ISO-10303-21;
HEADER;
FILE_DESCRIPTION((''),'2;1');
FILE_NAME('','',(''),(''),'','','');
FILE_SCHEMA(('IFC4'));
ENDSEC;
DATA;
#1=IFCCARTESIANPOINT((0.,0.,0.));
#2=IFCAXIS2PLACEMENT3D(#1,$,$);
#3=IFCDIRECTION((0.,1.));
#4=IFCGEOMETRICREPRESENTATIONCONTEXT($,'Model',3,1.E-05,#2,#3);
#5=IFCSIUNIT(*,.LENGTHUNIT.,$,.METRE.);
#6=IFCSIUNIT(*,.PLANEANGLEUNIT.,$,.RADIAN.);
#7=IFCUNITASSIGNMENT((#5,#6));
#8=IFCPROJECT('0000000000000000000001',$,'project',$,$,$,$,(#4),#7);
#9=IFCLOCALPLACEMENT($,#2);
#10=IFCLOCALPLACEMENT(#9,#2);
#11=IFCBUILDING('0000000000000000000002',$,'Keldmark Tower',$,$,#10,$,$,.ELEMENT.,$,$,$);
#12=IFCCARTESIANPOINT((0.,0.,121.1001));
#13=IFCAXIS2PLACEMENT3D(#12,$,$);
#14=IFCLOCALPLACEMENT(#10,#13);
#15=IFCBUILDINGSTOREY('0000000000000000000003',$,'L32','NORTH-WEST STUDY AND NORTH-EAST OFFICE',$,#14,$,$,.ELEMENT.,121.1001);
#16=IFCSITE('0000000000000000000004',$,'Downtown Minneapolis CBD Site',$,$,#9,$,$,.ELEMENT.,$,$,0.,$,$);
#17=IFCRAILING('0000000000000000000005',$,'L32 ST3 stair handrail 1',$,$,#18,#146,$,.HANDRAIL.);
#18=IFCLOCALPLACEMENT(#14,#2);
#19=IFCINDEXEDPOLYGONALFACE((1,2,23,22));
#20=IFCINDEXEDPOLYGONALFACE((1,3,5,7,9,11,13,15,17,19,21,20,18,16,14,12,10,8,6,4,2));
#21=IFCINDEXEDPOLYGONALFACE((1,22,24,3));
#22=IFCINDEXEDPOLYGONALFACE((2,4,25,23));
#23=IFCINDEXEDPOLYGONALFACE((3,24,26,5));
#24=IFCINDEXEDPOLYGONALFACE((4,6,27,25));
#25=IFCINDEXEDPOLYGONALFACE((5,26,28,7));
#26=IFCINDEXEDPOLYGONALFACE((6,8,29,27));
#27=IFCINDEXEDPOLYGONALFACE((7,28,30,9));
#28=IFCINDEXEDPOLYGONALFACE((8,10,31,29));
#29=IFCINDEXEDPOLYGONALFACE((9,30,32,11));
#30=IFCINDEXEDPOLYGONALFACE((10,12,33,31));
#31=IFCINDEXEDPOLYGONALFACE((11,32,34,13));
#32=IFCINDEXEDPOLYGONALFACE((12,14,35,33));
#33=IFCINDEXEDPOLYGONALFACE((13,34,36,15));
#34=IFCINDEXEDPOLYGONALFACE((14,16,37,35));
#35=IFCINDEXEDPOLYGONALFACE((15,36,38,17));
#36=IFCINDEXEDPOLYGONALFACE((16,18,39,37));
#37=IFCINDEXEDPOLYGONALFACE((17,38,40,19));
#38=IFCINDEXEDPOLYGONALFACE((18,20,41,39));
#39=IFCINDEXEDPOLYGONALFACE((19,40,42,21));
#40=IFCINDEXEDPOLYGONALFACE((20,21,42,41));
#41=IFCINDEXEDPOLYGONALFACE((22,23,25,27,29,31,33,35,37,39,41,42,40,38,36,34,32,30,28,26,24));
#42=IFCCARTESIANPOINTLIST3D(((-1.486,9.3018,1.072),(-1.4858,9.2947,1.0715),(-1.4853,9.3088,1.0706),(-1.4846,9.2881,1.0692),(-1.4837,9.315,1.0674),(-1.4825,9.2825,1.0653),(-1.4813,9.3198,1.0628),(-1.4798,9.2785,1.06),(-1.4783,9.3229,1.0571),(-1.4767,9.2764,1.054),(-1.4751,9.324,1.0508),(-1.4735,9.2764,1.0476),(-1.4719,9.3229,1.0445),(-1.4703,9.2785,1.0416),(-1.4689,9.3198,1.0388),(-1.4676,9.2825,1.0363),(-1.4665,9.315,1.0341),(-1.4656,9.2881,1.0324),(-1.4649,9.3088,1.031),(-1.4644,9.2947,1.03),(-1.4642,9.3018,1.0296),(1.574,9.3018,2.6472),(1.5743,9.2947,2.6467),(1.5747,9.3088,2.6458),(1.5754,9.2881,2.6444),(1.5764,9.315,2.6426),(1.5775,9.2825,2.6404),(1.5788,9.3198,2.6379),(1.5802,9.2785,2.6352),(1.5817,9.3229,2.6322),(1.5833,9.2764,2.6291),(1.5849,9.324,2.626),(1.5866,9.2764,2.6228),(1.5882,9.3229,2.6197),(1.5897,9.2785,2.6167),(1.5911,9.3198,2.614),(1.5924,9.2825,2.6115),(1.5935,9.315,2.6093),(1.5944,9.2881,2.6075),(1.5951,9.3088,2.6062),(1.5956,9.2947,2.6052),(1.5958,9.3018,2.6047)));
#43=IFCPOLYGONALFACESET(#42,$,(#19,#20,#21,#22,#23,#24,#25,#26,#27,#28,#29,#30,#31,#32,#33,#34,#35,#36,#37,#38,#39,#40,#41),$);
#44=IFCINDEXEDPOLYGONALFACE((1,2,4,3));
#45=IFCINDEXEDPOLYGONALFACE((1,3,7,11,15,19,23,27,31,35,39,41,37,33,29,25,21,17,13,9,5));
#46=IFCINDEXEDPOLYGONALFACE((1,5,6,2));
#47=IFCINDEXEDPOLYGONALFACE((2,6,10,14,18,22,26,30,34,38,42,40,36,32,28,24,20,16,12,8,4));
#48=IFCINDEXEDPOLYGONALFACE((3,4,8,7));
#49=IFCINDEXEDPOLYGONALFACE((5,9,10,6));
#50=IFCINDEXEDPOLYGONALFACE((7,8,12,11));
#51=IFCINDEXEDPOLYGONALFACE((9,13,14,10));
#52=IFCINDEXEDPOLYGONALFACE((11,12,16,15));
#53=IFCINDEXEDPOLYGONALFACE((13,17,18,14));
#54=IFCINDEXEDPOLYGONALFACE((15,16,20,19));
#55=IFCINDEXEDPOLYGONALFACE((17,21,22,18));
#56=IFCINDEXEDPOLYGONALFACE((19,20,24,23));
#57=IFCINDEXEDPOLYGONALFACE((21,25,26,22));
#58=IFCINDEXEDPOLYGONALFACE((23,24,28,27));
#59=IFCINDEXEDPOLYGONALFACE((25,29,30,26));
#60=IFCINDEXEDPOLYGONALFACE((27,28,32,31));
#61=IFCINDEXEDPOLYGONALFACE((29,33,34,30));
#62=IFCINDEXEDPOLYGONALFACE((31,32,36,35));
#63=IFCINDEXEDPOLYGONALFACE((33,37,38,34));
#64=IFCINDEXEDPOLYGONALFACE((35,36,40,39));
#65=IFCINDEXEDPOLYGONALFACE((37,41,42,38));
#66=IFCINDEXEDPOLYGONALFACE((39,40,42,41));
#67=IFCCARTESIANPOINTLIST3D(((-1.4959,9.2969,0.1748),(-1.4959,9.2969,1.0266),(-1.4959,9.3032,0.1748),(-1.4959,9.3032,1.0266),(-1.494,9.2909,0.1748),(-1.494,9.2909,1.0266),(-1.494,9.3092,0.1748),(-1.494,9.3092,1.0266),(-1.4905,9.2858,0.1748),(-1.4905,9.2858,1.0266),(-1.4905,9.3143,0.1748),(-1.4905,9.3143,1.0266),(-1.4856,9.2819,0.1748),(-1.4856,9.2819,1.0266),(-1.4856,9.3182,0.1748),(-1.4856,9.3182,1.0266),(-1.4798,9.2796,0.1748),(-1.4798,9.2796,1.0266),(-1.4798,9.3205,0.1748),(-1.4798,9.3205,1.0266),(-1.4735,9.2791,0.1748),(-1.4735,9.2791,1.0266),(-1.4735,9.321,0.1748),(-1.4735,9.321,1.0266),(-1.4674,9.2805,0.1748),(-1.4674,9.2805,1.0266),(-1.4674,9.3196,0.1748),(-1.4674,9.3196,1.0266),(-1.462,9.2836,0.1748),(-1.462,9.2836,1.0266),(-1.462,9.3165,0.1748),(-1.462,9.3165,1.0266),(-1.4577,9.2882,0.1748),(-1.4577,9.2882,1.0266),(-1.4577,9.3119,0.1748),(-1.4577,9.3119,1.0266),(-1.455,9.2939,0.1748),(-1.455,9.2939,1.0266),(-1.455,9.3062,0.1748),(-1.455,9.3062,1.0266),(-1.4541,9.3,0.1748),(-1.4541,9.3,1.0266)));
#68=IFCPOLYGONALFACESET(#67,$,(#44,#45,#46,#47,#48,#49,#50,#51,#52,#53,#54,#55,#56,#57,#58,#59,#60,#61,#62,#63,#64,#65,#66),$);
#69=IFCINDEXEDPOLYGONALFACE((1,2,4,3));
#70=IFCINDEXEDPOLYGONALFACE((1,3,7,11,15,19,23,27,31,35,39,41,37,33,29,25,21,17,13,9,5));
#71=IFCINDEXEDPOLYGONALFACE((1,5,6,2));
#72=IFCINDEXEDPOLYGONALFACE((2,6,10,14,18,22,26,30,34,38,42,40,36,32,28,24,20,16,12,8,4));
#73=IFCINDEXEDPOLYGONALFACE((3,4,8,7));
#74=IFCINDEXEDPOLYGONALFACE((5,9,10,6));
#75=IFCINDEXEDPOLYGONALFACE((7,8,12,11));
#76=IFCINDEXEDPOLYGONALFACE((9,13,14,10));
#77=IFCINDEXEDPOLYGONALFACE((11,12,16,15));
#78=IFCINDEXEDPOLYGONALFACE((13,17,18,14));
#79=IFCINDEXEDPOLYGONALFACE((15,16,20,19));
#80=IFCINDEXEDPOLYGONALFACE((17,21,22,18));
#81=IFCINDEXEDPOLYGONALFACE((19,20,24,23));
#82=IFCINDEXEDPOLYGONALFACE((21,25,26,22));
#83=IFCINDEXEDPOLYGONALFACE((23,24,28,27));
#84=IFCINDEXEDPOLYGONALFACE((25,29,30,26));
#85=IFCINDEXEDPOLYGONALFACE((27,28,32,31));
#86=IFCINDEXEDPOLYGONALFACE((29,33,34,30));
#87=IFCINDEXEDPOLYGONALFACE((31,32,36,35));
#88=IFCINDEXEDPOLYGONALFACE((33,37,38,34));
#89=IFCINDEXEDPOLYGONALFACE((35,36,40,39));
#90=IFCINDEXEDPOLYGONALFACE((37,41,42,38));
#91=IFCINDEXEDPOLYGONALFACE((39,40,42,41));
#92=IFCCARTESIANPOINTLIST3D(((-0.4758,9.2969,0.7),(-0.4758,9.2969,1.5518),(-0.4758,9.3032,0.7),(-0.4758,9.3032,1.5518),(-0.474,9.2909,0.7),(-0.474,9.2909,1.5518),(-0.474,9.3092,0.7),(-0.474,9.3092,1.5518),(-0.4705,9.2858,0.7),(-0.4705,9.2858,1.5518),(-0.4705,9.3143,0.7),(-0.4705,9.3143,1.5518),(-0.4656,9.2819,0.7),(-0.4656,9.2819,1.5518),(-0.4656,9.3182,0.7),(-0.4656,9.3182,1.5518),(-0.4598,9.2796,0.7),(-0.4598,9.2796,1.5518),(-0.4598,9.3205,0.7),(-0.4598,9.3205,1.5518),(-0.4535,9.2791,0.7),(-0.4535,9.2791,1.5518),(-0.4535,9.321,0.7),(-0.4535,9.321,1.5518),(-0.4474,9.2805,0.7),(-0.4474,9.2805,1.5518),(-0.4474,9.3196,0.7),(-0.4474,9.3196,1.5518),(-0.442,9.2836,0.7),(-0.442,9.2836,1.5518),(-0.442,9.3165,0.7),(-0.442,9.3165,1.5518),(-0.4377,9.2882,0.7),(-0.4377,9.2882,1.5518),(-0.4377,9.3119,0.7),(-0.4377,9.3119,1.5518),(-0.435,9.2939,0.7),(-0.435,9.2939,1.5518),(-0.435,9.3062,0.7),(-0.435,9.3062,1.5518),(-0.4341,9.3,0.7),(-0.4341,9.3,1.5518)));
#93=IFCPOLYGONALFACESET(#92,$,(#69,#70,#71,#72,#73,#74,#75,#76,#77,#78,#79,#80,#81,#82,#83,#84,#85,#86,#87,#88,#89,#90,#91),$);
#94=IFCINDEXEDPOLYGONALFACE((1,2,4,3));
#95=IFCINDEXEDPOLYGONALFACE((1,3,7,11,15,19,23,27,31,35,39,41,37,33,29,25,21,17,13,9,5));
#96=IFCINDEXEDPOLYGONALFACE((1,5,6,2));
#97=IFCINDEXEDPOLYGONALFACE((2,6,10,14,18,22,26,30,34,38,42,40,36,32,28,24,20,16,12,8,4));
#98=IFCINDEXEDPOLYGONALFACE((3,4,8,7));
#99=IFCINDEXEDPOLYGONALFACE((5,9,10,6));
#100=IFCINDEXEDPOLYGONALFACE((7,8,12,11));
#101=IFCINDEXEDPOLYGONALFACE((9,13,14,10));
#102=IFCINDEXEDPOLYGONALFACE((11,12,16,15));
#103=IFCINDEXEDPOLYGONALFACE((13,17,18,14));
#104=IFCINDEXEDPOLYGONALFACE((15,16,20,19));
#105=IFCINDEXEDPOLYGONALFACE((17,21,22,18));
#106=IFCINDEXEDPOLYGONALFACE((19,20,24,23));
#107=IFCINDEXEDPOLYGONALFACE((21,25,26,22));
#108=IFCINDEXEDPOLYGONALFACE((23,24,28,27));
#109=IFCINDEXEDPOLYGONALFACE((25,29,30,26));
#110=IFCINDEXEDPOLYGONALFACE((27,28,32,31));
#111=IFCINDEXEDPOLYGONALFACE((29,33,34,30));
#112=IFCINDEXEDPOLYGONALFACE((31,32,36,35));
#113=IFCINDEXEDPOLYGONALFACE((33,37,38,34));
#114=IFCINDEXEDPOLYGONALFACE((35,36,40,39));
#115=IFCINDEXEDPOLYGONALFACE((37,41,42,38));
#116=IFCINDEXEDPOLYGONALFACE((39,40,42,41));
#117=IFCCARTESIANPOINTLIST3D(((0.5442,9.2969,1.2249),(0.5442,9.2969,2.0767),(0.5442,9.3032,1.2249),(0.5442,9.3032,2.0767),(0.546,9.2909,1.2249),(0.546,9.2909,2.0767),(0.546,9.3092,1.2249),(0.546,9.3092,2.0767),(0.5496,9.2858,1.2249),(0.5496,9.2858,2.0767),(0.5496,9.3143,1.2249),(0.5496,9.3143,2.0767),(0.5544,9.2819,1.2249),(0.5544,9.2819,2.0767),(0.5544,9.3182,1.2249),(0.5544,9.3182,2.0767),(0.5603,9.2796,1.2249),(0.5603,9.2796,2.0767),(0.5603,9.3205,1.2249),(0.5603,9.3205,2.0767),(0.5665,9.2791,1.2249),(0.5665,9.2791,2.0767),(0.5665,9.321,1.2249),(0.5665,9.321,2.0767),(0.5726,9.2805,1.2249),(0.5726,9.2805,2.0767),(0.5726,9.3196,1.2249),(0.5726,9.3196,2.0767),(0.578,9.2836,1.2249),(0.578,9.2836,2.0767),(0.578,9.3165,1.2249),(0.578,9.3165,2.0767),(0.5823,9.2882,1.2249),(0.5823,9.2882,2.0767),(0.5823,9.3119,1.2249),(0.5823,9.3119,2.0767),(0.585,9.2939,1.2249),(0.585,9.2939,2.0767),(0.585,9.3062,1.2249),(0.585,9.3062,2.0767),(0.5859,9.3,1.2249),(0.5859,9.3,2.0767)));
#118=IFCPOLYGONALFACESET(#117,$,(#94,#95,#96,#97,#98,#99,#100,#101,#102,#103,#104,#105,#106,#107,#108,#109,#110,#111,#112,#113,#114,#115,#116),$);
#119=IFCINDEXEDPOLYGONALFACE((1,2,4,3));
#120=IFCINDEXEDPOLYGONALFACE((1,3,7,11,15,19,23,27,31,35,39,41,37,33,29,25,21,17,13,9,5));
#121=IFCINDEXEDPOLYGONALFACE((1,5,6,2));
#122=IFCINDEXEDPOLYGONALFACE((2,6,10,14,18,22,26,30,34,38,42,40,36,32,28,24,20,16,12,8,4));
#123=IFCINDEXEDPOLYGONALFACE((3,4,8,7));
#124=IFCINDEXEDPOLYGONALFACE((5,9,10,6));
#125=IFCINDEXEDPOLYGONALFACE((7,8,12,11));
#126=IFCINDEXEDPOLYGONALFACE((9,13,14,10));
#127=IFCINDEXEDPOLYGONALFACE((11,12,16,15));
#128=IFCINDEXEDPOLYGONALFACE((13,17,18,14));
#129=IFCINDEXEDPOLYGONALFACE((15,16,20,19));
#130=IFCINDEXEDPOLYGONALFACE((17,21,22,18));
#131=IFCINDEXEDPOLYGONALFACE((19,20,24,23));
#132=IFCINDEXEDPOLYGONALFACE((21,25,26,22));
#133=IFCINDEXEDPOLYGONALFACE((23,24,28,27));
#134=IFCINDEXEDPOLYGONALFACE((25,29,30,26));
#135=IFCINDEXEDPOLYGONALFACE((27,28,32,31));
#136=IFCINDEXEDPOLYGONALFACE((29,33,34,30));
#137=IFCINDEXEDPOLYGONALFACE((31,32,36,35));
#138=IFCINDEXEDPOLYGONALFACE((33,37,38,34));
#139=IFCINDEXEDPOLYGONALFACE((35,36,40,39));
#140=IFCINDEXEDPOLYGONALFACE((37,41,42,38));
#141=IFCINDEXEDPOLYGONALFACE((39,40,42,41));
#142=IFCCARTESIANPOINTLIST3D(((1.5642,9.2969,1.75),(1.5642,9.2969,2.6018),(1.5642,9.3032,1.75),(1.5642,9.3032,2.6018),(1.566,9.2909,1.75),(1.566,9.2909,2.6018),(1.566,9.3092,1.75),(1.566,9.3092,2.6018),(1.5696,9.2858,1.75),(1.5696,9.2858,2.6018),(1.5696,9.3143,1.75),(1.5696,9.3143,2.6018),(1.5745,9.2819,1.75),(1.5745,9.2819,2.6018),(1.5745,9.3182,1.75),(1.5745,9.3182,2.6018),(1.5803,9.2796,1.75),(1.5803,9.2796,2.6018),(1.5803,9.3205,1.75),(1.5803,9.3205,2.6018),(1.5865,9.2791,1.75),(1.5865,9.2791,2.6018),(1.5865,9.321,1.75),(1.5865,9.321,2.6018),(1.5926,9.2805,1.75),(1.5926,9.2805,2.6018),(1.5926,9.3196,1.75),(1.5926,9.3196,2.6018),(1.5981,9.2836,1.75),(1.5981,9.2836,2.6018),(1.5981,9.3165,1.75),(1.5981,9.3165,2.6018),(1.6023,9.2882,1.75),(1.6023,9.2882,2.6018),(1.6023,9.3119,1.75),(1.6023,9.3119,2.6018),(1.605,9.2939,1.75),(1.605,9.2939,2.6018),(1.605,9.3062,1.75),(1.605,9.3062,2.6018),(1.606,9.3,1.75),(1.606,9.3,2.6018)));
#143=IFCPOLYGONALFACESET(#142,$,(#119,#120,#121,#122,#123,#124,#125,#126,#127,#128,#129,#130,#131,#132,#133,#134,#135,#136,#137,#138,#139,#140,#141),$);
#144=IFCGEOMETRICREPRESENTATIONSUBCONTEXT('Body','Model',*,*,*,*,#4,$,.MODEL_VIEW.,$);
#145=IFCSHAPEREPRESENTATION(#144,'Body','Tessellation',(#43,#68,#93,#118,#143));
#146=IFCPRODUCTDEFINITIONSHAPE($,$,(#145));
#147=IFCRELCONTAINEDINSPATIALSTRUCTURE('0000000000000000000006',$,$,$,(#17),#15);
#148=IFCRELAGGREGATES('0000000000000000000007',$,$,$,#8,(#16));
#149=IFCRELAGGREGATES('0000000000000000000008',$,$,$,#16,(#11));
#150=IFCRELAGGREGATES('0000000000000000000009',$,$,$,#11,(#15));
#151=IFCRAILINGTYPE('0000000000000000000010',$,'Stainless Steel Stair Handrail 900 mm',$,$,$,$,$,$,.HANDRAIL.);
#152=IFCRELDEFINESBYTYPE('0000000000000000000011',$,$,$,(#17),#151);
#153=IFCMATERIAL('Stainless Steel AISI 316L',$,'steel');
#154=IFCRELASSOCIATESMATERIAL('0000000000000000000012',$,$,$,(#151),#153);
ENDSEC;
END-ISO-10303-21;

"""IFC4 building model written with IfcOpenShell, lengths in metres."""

from ifc_helpers import new_model, si_unit, direction, frame, origin, origin_2d, place, context, subcontext, project, spatial, circle, extrude, material, type_object, element, save


model = new_model("IFC4")

# Units and contexts
model_context = context("Model", 3, precision=1e-05, world=origin(), true_north=direction((0.0, 1.0)))
body_context = subcontext(model_context, "Body", "Model", "MODEL_VIEW")
ifc_project = project(units=[si_unit("LENGTHUNIT", "METRE"), si_unit("PLANEANGLEUNIT", "RADIAN")], contexts=[model_context])

# Site, building, storey
site_placement = place(None, origin())
site = spatial("IfcSite", under=ifc_project, at=site_placement, Name="Downtown Minneapolis CBD Site", CompositionType="ELEMENT", RefElevation=0.0)
building_placement = place(site_placement, origin())
building = spatial("IfcBuilding", under=site, at=building_placement, Name="Keldmark Tower", CompositionType="ELEMENT")
storey_placement = place(building_placement, frame((0.0, 0.0, 121.1001)))
storey = spatial("IfcBuildingStorey", under=building, at=storey_placement, Name="L32", Description="NORTH-WEST STUDY AND NORTH-EAST OFFICE", CompositionType="ELEMENT", Elevation=121.1001)

# Railing
ifc_material_1 = material(Name="Stainless Steel AISI 316L", Category="steel")
railing_type_1 = type_object("IfcRailingType", Name="Stainless Steel Stair Handrail 900 mm", PredefinedType="HANDRAIL", material=ifc_material_1)
railing_1_placement = place(storey_placement, frame((-1.4751, 9.3, 0.1748)))
element("IfcRailing", 1, at=railing_1_placement, inside=storey, type_object=railing_type_1, Name="L32 ST3 stair handrail 1", PredefinedType="HANDRAIL", context=body_context, shape_type="SweptSolid", body=[
    extrude(circle(Radius=0.0239, at=origin_2d()), frame((0.0, 0.0, 0.876), z_axis=(0.889116, 0.0, 0.457681), x_axis=(0.0, 1.0, 0.0)), (0.0, 0.0, 1.0), 3.4417),
    extrude(circle(Radius=0.021, at=origin_2d()), origin(), (0.0, 0.0, 1.0), 0.8518),
    extrude(circle(Radius=0.021, at=origin_2d()), frame((1.02, 0.0, 0.5251)), (0.0, 0.0, 1.0), 0.8518),
    extrude(circle(Radius=0.021, at=origin_2d()), frame((2.04, 0.0, 1.05)), (0.0, 0.0, 1.0), 0.8518),
    extrude(circle(Radius=0.021, at=origin_2d()), frame((3.0601, 0.0, 1.5752)), (0.0, 0.0, 1.0), 0.8518),
])

save(model, "model.ifc")
